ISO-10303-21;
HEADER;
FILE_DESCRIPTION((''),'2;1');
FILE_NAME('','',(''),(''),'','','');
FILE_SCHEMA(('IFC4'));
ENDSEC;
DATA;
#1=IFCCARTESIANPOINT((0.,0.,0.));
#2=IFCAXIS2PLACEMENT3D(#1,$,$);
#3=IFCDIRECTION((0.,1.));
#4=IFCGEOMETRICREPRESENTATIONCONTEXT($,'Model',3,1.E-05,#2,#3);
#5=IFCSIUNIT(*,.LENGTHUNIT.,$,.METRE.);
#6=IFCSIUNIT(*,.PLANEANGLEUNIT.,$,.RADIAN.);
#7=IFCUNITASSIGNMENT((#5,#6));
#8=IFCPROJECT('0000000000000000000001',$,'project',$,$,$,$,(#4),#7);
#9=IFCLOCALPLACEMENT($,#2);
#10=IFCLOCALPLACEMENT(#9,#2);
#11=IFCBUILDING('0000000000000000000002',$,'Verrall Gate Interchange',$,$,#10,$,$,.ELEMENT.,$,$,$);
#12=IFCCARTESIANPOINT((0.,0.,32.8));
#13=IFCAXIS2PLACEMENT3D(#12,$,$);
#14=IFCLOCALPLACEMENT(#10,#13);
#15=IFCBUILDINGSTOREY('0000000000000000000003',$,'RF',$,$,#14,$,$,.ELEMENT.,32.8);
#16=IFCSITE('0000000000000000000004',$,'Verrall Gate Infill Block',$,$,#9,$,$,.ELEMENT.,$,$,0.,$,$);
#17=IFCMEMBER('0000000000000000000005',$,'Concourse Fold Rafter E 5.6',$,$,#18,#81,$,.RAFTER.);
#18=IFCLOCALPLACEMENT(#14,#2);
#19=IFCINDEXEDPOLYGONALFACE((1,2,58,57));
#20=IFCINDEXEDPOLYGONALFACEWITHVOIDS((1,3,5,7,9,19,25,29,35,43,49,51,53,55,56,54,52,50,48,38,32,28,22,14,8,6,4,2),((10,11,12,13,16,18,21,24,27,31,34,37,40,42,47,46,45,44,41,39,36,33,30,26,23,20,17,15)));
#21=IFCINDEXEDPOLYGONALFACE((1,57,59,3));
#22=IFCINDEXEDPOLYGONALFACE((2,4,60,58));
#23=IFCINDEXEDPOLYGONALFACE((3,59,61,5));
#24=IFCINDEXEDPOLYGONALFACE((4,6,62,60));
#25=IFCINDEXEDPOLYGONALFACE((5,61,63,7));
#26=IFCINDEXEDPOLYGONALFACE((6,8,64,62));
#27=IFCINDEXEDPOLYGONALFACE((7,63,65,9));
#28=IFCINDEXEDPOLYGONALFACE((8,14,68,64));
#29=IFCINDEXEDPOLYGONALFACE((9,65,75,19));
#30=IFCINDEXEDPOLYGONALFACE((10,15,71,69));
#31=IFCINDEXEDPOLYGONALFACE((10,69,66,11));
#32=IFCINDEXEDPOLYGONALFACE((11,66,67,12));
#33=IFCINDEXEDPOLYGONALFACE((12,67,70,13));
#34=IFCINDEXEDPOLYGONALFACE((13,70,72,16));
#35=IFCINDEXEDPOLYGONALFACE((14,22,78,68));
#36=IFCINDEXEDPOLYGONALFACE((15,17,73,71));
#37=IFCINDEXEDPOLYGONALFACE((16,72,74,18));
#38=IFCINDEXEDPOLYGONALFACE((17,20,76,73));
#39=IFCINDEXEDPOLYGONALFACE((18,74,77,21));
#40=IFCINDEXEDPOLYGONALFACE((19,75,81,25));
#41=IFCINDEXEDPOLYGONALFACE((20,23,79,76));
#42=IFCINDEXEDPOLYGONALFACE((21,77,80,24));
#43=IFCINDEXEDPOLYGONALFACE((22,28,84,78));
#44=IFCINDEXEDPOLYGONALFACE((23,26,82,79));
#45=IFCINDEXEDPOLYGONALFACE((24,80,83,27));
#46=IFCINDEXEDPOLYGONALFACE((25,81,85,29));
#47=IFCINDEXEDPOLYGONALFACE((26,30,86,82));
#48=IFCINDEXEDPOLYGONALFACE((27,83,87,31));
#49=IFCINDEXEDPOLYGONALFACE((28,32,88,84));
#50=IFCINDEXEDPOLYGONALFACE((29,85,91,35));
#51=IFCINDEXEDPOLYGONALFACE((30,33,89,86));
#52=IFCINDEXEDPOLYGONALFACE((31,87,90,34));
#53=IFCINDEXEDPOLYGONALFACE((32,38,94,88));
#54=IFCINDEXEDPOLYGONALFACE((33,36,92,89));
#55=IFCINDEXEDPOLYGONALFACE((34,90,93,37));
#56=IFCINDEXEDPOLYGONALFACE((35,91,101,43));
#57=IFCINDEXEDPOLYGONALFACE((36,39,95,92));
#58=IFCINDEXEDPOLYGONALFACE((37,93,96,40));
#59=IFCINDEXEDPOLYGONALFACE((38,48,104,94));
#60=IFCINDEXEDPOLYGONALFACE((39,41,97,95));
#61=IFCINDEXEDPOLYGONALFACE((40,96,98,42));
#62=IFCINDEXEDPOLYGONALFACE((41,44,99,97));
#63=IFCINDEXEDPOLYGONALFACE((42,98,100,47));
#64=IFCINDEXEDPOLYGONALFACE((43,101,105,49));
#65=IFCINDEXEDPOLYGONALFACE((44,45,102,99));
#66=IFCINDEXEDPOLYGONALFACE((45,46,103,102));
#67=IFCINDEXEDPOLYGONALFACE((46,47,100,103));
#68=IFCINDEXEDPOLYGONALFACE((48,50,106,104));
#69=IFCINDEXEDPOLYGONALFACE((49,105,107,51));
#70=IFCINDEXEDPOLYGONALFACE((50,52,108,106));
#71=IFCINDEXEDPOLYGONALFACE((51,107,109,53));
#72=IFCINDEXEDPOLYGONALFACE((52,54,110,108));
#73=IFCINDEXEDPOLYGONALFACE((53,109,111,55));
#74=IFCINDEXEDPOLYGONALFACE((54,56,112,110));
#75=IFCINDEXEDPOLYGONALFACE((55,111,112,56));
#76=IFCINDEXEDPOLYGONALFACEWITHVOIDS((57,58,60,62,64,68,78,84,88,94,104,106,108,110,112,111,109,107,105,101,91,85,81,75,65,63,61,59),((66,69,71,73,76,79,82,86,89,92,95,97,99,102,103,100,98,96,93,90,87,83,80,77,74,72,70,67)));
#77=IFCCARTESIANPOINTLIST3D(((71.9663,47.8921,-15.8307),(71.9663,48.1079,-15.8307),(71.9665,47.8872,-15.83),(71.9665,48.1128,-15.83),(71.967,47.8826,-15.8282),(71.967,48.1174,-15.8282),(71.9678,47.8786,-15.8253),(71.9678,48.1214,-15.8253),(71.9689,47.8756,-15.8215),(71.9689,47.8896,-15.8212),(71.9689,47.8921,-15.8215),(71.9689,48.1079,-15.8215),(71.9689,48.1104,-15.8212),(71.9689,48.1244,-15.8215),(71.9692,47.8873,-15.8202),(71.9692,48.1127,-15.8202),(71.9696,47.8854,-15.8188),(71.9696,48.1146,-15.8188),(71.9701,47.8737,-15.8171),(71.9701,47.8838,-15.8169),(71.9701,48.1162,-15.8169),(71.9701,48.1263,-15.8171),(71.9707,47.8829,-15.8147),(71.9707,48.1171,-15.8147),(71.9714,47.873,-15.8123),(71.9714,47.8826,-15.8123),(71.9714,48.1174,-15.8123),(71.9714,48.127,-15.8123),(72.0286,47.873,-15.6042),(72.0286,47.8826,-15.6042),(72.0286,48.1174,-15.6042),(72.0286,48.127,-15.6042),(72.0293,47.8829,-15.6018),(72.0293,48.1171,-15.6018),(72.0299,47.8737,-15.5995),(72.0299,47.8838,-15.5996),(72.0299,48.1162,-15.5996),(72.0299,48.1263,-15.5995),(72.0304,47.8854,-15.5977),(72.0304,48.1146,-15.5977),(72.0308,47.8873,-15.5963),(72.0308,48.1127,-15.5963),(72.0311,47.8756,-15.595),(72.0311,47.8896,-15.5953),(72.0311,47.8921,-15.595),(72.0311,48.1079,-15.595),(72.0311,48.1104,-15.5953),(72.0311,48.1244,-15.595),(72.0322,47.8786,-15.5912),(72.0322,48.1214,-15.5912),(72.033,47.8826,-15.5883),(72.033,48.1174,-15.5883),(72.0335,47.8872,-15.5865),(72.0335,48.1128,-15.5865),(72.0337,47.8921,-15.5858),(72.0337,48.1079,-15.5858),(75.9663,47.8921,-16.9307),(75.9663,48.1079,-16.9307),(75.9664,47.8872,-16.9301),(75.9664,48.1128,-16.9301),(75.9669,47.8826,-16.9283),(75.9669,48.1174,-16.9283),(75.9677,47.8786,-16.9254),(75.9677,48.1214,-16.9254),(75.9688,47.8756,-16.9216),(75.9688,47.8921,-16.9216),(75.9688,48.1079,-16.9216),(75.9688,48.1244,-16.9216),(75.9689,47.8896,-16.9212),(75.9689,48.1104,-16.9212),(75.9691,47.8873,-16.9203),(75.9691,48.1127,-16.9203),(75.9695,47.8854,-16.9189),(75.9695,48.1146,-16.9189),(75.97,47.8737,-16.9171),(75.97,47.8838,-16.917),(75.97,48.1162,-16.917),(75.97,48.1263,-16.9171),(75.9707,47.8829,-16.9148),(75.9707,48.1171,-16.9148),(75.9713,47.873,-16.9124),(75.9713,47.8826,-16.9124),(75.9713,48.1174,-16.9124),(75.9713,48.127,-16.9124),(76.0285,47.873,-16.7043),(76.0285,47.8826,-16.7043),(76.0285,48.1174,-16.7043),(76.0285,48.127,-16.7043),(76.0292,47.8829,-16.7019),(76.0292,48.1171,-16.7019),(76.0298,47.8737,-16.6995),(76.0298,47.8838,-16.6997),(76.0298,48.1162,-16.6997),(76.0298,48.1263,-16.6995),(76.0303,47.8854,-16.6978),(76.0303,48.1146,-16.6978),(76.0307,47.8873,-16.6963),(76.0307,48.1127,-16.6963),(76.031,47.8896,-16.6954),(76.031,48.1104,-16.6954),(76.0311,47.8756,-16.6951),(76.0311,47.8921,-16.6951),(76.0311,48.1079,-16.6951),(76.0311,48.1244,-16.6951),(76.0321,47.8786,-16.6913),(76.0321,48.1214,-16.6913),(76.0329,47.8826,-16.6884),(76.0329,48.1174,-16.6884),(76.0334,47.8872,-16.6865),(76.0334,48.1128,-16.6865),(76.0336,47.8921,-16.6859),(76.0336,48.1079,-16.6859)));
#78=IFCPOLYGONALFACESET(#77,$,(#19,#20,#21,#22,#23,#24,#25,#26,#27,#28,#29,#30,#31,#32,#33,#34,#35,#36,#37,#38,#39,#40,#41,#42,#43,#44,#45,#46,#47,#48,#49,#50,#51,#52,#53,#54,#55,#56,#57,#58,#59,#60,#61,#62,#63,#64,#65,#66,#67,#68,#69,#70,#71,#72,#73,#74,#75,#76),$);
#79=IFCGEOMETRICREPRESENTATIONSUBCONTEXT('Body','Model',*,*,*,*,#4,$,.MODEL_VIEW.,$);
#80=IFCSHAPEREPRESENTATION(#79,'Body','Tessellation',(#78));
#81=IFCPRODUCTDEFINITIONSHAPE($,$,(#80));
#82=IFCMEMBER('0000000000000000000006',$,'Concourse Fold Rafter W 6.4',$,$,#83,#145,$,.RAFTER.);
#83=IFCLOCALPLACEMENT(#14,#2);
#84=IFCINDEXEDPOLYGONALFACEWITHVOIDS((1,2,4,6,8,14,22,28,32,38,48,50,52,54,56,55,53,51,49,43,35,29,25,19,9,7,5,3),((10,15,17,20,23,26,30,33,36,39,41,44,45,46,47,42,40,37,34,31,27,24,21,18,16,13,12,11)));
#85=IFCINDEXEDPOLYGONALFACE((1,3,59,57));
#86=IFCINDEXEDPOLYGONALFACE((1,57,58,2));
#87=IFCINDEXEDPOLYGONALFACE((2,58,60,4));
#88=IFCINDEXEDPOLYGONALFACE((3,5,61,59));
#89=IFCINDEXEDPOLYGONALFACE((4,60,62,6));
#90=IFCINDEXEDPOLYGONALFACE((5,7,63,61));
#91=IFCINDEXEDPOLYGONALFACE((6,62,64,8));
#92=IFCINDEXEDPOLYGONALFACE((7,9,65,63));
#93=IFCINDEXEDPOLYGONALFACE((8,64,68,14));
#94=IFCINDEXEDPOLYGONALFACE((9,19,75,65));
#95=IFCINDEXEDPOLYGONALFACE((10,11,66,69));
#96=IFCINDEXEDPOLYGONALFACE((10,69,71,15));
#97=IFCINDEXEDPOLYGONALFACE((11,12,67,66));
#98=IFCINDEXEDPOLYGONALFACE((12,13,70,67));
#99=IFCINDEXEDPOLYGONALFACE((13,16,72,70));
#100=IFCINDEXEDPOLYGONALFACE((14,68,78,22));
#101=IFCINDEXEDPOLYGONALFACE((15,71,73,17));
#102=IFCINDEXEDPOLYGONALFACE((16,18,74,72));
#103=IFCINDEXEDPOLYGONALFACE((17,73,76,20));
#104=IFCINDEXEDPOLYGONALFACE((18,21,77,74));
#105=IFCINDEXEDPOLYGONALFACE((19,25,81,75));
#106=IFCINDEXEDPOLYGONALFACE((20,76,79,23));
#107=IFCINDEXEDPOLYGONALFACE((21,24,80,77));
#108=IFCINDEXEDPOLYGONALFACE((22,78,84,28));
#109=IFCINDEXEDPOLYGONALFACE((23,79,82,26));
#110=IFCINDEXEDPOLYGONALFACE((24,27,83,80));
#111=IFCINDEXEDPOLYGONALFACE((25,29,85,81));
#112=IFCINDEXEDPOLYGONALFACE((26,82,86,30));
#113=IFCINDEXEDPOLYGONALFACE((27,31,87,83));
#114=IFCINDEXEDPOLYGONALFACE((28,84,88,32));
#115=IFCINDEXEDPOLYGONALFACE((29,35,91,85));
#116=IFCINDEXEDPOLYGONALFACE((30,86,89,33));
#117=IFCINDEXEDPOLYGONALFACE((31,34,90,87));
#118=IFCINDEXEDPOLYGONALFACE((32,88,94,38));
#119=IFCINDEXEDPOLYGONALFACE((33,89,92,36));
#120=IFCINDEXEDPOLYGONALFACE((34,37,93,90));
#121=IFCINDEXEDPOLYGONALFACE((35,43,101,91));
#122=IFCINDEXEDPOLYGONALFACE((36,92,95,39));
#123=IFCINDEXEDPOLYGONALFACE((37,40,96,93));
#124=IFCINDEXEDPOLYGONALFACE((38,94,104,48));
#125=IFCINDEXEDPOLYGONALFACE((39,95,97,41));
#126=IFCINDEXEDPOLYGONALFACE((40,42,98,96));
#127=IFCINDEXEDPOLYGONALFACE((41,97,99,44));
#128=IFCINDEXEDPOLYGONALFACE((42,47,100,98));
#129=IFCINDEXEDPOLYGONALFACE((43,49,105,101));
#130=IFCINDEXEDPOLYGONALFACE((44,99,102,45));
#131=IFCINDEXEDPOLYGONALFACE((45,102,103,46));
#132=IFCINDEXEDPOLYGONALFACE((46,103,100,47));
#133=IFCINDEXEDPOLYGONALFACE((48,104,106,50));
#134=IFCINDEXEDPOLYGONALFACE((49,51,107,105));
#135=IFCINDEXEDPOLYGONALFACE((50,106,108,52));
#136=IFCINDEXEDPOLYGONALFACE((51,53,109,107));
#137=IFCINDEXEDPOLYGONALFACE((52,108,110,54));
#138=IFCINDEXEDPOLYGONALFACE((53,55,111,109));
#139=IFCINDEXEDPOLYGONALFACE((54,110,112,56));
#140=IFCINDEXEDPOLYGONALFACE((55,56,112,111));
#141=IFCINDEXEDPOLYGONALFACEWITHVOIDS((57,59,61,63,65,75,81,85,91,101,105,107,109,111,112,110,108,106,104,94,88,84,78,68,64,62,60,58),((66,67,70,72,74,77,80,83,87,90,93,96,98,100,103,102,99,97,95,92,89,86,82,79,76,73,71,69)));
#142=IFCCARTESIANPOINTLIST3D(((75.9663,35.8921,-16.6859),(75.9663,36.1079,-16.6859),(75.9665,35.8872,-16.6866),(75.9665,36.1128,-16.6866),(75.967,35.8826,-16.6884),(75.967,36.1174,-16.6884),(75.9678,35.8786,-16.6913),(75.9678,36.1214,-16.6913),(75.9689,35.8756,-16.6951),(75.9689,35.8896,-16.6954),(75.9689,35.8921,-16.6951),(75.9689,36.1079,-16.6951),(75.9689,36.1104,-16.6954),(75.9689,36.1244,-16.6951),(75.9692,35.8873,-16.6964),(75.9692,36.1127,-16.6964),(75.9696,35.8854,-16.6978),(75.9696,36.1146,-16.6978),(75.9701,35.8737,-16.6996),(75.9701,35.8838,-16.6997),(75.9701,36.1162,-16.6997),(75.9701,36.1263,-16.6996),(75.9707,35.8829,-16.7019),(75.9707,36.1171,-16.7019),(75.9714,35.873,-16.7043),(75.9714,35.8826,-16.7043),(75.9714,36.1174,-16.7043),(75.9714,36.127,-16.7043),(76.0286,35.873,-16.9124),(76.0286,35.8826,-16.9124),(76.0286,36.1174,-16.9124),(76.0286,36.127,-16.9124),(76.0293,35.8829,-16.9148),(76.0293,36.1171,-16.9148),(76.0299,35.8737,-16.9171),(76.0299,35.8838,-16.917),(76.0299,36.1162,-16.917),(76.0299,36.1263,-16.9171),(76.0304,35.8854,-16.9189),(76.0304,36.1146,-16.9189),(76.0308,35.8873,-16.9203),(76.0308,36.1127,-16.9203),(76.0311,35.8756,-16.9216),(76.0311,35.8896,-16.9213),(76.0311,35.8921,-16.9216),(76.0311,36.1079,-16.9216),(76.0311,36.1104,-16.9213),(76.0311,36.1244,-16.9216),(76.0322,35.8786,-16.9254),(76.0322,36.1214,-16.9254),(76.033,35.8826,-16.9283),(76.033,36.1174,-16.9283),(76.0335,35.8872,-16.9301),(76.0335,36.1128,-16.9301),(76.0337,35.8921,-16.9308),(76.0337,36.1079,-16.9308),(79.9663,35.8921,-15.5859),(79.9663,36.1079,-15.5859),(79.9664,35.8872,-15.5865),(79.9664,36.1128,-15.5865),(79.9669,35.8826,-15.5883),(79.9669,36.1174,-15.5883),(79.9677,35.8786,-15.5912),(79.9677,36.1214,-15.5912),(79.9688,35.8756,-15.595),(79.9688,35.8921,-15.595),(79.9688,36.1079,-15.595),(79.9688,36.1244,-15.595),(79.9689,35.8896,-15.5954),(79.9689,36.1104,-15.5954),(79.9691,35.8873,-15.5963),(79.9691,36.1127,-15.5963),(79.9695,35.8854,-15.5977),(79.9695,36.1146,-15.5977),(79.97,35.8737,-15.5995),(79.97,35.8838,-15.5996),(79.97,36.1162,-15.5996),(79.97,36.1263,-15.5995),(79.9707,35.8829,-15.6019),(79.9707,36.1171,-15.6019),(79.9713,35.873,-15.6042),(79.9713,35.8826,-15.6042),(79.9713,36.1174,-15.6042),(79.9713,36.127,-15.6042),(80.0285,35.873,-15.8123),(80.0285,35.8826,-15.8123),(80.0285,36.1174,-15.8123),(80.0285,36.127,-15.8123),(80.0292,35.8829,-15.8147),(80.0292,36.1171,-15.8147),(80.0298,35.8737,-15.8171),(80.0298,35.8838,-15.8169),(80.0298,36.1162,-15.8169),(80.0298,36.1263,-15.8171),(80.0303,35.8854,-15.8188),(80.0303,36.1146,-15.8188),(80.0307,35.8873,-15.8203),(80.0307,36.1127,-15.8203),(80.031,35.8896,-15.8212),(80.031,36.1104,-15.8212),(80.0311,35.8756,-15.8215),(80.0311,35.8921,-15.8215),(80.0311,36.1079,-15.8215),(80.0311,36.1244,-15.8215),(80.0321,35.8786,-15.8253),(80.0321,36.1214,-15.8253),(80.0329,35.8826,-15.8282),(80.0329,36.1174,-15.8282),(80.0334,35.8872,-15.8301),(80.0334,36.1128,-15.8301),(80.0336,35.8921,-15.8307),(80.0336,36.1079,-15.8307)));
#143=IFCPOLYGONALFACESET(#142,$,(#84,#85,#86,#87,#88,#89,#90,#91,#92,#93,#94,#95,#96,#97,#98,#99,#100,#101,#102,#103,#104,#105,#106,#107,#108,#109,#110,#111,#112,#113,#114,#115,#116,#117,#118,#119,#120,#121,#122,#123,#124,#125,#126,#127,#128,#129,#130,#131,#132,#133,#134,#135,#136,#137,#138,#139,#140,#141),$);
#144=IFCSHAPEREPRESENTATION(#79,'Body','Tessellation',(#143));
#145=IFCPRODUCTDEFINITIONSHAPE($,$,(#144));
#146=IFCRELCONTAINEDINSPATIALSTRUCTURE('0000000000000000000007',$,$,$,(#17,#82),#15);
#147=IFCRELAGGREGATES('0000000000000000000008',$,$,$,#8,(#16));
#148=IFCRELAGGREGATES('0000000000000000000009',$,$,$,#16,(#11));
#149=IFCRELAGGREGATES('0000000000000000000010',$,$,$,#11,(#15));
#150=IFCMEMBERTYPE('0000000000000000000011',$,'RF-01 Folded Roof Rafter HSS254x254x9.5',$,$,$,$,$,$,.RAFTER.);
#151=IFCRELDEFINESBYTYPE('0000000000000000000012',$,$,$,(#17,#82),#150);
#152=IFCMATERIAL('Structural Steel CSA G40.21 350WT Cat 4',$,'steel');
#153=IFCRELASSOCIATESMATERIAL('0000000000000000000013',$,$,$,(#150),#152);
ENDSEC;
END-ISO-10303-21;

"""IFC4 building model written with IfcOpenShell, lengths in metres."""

from ifc_helpers import new_model, si_unit, direction, frame, origin, origin_2d, place, context, subcontext, project, spatial, hollow_rectangle, extrude, material, material_profile, profile_set, type_object, element, save


model = new_model("IFC4")

# Units and contexts
model_context = context("Model", 3, precision=1e-05, world=origin(), true_north=direction((0.0, 1.0)))
body_context = subcontext(model_context, "Body", "Model", "MODEL_VIEW")
ifc_project = project(units=[si_unit("LENGTHUNIT", "METRE"), si_unit("PLANEANGLEUNIT", "RADIAN")], contexts=[model_context])

# Site, building, storey
site_placement = place(None, origin())
site = spatial("IfcSite", under=ifc_project, at=site_placement, Name="Verrall Gate Infill Block", CompositionType="ELEMENT", RefElevation=0.0)
building_placement = place(site_placement, origin())
building = spatial("IfcBuilding", under=site, at=building_placement, Name="Verrall Gate Interchange", CompositionType="ELEMENT")
storey_placement = place(building_placement, frame((0.0, 0.0, 32.8)))
storey = spatial("IfcBuildingStorey", under=building, at=storey_placement, Name="RF", CompositionType="ELEMENT", Elevation=32.8)

# Members
ifc_material_1 = material(Name="Structural Steel CSA G40.21 350WT Cat 4", Category="steel")
ifc_material_profile_1 = material_profile(ifc_material_1, hollow_rectangle(XDim=0.2539, YDim=0.2539, WallThickness=0.0095, InnerFilletRadius=0.0095, OuterFilletRadius=0.019, at=origin_2d()), Name="HSS254x254x9.5")
ifc_profile_set_1 = profile_set([ifc_material_profile_1], Name="Structural Steel CSA G40.21 350WT Cat 4")
member_type_1 = type_object("IfcMemberType", Name="RF-01 Folded Roof Rafter HSS254x254x9.5", PredefinedType="RAFTER", material=ifc_profile_set_1)
for number, where, z_axis, x_axis, name in (
    (1, (72.0, 48.0, -15.7083), (0.964199, 0.0, -0.265178), (0.0, 1.0, 0.0), "Concourse Fold Rafter E 5.6"),
    (2, (76.0, 36.0, -16.8083), (0.964199, 0.0, 0.265178), (0.0, 1.0, 0.0), "Concourse Fold Rafter W 6.4"),
):
    element("IfcMember", number, at=place(storey_placement, frame(where, z_axis=z_axis, x_axis=x_axis)), inside=storey, type_object=member_type_1, Name=name, PredefinedType="RAFTER", context=body_context, shape_type="SweptSolid", body=[
        extrude(hollow_rectangle(XDim=0.2539, YDim=0.2539, WallThickness=0.0095, InnerFilletRadius=0.0095, OuterFilletRadius=0.019, at=origin_2d()), origin(), (0.0, 0.0, 1.0), 4.1484),
    ])

save(model, "model.ifc")
